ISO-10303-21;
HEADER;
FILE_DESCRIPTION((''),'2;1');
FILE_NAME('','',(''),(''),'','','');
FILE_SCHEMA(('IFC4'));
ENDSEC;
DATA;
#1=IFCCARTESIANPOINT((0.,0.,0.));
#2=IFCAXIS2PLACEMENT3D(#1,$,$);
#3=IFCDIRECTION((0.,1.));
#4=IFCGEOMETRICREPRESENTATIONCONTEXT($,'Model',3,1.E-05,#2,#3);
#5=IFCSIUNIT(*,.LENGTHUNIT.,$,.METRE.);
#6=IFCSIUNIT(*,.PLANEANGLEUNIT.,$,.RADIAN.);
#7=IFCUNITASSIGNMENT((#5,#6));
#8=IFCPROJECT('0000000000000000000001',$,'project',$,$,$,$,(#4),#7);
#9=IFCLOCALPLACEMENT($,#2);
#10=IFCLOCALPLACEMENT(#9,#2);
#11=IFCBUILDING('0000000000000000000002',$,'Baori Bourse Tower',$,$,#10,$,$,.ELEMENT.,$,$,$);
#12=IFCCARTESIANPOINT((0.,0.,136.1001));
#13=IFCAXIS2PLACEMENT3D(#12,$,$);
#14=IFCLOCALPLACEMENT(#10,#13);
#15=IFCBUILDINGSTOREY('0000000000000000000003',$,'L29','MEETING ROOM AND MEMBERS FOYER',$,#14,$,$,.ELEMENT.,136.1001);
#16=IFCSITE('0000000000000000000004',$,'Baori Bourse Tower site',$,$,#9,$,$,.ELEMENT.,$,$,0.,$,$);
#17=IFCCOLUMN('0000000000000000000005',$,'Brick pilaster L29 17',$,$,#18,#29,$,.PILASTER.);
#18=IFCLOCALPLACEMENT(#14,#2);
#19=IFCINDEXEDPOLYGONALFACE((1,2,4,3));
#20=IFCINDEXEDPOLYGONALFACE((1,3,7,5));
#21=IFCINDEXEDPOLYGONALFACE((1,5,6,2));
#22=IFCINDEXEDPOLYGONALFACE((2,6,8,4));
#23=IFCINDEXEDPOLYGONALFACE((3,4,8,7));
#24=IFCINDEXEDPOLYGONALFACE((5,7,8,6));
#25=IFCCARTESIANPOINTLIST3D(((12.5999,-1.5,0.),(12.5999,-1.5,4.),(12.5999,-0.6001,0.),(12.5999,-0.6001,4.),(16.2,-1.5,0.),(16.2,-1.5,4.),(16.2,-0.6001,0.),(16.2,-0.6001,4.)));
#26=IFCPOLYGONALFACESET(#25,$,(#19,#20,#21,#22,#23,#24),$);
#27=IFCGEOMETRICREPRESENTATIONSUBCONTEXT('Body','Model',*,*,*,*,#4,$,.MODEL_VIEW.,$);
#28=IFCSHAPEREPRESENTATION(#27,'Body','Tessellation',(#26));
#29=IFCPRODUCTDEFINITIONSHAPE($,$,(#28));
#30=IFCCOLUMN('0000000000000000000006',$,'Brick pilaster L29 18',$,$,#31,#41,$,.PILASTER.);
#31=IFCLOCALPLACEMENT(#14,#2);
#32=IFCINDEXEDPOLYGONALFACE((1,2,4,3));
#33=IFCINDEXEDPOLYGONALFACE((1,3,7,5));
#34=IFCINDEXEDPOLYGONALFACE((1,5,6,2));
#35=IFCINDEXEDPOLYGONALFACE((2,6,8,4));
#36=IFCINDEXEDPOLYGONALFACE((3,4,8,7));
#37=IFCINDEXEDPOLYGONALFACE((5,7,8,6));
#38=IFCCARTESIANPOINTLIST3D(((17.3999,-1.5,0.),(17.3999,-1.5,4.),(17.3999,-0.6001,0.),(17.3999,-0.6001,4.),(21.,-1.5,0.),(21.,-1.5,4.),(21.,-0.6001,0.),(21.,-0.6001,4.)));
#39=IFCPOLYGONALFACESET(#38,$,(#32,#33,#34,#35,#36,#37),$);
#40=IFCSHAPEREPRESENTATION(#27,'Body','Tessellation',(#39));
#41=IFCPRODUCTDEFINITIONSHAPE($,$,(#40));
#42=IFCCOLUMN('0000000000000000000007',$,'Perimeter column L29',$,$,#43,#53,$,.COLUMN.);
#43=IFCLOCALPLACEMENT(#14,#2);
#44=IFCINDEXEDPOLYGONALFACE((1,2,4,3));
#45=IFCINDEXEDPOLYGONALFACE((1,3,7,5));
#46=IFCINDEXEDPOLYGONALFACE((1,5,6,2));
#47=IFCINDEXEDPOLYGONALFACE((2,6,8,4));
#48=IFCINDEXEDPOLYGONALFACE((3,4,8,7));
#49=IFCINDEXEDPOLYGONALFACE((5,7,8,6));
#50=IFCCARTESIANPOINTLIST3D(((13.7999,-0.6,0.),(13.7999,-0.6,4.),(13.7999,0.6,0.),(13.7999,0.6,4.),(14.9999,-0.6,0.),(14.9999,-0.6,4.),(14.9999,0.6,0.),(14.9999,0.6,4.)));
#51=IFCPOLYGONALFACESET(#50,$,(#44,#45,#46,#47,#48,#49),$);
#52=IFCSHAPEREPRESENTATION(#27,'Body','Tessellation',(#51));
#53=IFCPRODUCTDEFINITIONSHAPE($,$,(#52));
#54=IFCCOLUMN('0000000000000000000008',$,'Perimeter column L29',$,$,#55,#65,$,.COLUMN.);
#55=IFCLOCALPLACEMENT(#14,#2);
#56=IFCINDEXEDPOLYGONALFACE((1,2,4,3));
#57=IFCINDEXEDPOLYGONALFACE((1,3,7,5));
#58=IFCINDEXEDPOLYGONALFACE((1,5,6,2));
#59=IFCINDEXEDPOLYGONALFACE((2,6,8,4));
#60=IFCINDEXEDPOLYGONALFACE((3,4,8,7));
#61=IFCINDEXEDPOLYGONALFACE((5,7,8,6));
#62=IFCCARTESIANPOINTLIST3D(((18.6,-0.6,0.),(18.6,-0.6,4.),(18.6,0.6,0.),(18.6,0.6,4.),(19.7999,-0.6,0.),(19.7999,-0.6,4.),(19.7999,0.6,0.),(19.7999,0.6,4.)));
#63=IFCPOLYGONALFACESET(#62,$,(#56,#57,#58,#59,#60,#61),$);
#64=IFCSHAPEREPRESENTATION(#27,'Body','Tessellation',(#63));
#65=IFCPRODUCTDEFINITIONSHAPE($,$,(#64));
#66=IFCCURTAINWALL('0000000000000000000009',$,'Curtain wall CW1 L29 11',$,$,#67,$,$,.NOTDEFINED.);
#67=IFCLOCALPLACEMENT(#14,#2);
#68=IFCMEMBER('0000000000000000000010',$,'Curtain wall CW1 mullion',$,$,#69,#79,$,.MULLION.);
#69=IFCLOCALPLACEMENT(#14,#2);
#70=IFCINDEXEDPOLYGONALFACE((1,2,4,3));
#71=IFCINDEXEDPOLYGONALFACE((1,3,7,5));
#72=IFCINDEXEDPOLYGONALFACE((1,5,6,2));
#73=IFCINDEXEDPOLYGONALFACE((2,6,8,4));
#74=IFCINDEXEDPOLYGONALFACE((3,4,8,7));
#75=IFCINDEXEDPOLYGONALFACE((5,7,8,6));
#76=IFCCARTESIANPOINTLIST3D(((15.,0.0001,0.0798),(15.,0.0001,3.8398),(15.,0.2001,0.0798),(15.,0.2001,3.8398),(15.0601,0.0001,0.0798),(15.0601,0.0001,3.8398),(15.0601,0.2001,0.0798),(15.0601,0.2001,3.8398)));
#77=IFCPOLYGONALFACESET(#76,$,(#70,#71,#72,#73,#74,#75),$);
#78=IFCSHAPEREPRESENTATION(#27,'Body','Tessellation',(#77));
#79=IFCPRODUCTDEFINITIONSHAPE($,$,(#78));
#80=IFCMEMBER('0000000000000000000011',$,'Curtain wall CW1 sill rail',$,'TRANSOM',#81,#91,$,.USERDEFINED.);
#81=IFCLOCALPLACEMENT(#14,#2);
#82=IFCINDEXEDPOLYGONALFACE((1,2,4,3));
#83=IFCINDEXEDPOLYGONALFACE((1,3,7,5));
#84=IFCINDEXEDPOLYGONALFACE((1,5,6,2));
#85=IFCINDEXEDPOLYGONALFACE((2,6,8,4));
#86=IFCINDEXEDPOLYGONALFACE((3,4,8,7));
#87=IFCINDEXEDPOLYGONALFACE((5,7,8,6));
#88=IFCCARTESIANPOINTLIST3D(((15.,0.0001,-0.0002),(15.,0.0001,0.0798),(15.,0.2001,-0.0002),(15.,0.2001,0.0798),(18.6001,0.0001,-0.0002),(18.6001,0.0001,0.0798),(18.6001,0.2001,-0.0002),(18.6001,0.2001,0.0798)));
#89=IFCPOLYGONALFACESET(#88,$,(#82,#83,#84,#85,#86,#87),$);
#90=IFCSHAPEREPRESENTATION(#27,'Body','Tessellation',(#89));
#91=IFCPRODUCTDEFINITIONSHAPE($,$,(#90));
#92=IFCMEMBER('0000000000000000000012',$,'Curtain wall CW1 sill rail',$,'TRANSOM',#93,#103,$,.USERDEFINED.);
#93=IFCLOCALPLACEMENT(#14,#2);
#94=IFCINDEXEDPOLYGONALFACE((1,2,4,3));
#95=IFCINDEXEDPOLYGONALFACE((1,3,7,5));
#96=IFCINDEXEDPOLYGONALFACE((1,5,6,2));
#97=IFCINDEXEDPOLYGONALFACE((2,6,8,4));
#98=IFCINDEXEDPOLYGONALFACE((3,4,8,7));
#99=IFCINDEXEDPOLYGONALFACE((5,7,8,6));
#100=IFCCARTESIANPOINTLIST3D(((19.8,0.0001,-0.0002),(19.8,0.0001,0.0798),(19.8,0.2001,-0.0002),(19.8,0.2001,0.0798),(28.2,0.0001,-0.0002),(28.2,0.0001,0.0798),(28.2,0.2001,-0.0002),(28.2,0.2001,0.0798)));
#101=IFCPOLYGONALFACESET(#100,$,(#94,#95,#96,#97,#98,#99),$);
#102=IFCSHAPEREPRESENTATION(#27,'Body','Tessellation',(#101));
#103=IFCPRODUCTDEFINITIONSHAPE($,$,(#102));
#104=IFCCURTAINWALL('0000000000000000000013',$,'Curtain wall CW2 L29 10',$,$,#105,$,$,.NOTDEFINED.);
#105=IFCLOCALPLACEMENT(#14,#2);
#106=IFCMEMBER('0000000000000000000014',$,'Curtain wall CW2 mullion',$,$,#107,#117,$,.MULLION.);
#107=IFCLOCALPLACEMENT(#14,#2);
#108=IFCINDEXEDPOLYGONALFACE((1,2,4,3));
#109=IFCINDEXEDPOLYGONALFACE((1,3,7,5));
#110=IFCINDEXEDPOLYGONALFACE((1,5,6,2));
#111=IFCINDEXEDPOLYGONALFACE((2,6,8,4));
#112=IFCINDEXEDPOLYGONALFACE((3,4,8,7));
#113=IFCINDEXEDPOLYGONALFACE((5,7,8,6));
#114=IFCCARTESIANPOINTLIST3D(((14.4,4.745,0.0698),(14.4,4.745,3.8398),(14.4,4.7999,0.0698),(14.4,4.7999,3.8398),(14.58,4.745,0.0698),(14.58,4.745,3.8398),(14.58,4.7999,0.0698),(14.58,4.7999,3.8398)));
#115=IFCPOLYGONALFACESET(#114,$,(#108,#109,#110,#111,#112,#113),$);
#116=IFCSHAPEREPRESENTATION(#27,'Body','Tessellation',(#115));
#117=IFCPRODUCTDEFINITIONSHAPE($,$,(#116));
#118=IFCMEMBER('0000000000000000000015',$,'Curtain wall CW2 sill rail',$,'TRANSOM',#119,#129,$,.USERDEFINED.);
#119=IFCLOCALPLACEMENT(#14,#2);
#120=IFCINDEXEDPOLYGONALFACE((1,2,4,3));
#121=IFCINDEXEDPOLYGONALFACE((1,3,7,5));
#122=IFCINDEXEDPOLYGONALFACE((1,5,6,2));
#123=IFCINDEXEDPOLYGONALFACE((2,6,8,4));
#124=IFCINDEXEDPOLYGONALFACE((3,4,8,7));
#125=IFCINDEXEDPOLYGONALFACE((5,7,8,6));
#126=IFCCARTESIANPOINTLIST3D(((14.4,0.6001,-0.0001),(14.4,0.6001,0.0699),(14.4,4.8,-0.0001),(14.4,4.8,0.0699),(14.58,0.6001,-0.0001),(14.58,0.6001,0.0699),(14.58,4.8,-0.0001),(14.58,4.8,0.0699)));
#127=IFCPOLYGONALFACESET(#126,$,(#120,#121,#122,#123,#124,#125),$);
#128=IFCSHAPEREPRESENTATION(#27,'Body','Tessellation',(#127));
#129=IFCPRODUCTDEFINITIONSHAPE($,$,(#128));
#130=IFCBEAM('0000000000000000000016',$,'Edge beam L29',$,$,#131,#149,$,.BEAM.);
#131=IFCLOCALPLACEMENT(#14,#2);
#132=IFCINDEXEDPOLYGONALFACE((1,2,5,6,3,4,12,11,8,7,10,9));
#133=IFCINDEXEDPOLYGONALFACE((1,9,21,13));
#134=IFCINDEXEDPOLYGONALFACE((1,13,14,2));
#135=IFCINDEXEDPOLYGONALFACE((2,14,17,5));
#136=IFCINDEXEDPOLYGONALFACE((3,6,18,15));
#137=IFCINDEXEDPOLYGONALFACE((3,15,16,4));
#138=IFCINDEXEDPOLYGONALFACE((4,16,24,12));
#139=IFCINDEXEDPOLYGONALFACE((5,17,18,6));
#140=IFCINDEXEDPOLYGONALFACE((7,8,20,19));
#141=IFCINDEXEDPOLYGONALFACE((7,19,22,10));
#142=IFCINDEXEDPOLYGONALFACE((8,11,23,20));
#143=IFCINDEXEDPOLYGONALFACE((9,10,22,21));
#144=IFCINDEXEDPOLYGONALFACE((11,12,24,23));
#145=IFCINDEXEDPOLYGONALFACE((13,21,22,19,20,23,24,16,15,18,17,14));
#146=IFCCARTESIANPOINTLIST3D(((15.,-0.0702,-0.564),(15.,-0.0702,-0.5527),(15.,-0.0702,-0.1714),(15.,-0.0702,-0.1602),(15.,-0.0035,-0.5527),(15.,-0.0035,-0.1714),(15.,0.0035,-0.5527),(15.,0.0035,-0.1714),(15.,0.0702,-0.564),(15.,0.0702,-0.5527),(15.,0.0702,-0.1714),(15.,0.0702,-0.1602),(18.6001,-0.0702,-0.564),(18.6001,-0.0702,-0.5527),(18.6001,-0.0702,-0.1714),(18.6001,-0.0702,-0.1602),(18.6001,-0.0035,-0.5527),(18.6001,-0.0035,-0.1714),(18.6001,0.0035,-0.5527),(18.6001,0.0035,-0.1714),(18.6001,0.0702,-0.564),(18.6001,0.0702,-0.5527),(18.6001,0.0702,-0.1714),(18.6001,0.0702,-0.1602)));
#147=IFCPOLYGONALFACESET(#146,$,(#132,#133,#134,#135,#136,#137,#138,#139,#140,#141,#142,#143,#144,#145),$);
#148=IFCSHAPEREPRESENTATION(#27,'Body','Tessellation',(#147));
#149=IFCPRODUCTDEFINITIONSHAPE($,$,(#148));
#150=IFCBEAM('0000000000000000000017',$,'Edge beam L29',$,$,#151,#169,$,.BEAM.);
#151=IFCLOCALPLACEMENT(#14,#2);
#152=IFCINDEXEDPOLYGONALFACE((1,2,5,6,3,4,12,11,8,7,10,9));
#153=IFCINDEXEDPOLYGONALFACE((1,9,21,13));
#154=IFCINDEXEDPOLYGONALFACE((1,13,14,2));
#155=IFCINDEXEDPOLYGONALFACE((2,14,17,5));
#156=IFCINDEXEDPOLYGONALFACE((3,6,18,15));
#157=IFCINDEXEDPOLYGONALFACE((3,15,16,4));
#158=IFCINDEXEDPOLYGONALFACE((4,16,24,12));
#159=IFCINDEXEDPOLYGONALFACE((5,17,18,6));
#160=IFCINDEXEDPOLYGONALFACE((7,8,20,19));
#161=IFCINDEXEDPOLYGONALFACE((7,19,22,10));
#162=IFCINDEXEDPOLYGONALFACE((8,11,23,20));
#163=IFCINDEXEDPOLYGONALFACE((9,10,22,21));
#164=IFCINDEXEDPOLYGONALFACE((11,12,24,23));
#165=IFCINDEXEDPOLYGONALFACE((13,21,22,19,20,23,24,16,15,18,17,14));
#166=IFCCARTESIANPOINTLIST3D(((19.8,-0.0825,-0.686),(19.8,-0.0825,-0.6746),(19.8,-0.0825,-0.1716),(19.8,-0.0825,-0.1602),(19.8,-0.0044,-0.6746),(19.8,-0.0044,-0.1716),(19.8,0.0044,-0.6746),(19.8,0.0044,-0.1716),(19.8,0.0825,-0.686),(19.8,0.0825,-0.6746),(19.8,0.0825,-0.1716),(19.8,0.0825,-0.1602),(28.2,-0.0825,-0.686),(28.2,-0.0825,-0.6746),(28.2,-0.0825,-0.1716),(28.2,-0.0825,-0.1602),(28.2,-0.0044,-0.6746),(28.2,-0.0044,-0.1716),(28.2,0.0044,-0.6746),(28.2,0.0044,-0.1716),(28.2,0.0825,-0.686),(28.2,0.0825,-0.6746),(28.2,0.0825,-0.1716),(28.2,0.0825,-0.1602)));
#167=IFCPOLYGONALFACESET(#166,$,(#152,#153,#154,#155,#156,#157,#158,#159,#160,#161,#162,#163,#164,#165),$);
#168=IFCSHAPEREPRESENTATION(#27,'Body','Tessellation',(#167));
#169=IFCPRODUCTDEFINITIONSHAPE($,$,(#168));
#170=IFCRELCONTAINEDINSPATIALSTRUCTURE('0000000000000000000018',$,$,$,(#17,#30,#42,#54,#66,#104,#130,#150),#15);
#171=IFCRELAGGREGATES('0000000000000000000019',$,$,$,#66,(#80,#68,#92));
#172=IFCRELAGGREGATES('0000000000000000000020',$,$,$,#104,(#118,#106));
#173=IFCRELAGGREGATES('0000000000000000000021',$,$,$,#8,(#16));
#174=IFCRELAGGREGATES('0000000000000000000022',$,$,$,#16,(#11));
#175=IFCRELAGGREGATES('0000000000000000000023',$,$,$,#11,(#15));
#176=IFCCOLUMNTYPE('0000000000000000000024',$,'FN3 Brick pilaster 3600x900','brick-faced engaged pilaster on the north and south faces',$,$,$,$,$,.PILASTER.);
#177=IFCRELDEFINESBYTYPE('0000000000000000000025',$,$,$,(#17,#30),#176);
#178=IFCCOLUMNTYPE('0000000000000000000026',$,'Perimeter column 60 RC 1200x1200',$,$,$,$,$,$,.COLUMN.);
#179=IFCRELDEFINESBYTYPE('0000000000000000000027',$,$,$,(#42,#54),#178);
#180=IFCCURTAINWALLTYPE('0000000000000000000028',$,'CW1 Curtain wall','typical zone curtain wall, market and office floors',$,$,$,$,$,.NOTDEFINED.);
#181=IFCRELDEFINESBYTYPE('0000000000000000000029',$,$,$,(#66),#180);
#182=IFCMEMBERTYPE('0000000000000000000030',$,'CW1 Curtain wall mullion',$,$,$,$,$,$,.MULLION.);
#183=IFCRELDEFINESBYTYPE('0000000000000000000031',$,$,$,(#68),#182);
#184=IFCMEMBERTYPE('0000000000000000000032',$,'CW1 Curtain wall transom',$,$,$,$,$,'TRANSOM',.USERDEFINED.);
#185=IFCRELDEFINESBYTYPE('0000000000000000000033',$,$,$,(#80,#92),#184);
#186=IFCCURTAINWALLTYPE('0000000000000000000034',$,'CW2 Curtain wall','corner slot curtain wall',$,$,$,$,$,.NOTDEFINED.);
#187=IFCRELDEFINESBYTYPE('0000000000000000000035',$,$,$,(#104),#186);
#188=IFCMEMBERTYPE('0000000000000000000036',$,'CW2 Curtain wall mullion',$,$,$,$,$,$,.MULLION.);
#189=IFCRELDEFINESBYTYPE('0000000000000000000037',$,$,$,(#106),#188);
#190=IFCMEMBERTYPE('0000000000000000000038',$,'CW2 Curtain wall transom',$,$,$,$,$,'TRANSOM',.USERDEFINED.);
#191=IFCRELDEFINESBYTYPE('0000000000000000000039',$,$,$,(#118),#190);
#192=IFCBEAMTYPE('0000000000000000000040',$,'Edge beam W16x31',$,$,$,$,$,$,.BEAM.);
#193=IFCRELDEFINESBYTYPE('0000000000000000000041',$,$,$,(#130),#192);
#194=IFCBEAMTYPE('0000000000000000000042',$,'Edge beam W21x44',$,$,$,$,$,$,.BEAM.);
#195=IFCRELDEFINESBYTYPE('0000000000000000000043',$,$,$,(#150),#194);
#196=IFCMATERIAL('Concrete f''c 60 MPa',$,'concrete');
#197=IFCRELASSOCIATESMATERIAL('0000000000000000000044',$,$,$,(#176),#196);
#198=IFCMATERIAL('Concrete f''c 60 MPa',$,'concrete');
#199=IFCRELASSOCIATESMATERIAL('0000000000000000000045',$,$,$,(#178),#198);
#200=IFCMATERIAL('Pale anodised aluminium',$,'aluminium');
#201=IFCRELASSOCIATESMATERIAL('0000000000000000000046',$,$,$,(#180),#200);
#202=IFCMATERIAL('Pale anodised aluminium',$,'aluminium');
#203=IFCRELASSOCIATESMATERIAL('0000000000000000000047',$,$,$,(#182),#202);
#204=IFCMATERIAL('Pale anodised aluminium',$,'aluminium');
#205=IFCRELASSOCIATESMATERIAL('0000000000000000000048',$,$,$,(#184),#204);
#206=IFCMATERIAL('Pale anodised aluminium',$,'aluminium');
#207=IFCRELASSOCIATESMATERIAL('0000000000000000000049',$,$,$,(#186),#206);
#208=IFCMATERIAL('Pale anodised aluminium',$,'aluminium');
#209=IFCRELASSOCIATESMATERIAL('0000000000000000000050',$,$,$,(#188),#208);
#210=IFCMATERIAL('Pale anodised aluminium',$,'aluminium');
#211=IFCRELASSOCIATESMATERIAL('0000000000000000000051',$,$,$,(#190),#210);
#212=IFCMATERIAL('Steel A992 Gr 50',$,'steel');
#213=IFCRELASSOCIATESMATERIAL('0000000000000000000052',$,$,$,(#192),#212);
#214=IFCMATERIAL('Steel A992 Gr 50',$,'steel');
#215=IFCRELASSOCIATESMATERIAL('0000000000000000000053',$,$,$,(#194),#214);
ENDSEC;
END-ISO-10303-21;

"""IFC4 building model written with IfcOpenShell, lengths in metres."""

from ifc_helpers import new_model, si_unit, direction, frame, origin, origin_2d, place, context, subcontext, project, spatial, rectangle, i_section, extrude, material, material_profile, profile_set, type_object, element, aggregate, save


model = new_model("IFC4")

# Units and contexts
model_context = context("Model", 3, precision=1e-05, world=origin(), true_north=direction((0.0, 1.0)))
body_context = subcontext(model_context, "Body", "Model", "MODEL_VIEW")
ifc_project = project(units=[si_unit("LENGTHUNIT", "METRE"), si_unit("PLANEANGLEUNIT", "RADIAN")], contexts=[model_context])

# Site, building, storey
site_placement = place(None, origin())
site = spatial("IfcSite", under=ifc_project, at=site_placement, Name="Baori Bourse Tower site", CompositionType="ELEMENT", RefElevation=0.0)
building_placement = place(site_placement, origin())
building = spatial("IfcBuilding", under=site, at=building_placement, Name="Baori Bourse Tower", CompositionType="ELEMENT")
storey_placement = place(building_placement, frame((0.0, 0.0, 136.1001)))
storey = spatial("IfcBuildingStorey", under=building, at=storey_placement, Name="L29", Description="MEETING ROOM AND MEMBERS FOYER", CompositionType="ELEMENT", Elevation=136.1001)

# Columns
ifc_material_1 = material(Name="Concrete f'c 60 MPa", Category="concrete")
ifc_material_profile_1 = material_profile(ifc_material_1, rectangle(XDim=3.6001, YDim=0.8999, at=origin_2d()), Name="RC 3600x900")
ifc_profile_set_1 = profile_set([ifc_material_profile_1], Name="Concrete f'c 60 MPa")
column_type_1 = type_object("IfcColumnType", Name="FN3 Brick pilaster 3600x900", Description="brick-faced engaged pilaster on the north and south faces", PredefinedType="PILASTER", material=ifc_profile_set_1)
for number, where, z_axis, x_axis, name in (
    (1, (14.3999, -1.05, 0.0), (0.0, 0.0, 1.0), (1.0, 0.0, 0.0), "Brick pilaster L29 17"),
    (2, (19.2, -1.05, 0.0), (0.0, 0.0, 1.0), (1.0, 0.0, 0.0), "Brick pilaster L29 18"),
):
    element("IfcColumn", number, at=place(storey_placement, frame(where, z_axis=z_axis, x_axis=x_axis)), inside=storey, type_object=column_type_1, Name=name, PredefinedType="PILASTER", context=body_context, shape_type="SweptSolid", body=[
        extrude(rectangle(XDim=3.6001, YDim=0.8999, at=origin_2d()), origin(), (0.0, 0.0, 1.0), 4.0),
    ])
ifc_material_2 = material(Name="Concrete f'c 60 MPa", Category="concrete")
ifc_material_profile_2 = material_profile(ifc_material_2, rectangle(XDim=1.2, YDim=1.2, at=origin_2d()), Name="RC 1200x1200")
ifc_profile_set_2 = profile_set([ifc_material_profile_2], Name="Concrete f'c 60 MPa")
column_type_2 = type_object("IfcColumnType", Name="Perimeter column 60 RC 1200x1200", PredefinedType="COLUMN", material=ifc_profile_set_2)
for number, where, z_axis, x_axis, name in (
    (3, (14.3999, 0.0, 0.0), (0.0, 0.0, 1.0), (1.0, 0.0, 0.0), "Perimeter column L29"),
    (4, (19.2, 0.0, 0.0), (0.0, 0.0, 1.0), (1.0, 0.0, 0.0), "Perimeter column L29"),
):
    element("IfcColumn", number, at=place(storey_placement, frame(where, z_axis=z_axis, x_axis=x_axis)), inside=storey, type_object=column_type_2, Name=name, PredefinedType="COLUMN", context=body_context, shape_type="SweptSolid", body=[
        extrude(rectangle(XDim=1.2, YDim=1.2, at=origin_2d()), origin(), (0.0, 0.0, 1.0), 4.0),
    ])

# Curtain walls, members
ifc_material_3 = material(Name="Pale anodised aluminium", Category="aluminium")
curtain_wall_type_1 = type_object("IfcCurtainWallType", Name="CW1 Curtain wall", Description="typical zone curtain wall, market and office floors", PredefinedType="NOTDEFINED", material=ifc_material_3)
curtain_wall_1_placement = place(storey_placement, origin())
curtain_wall_1 = element("IfcCurtainWall", 5, at=curtain_wall_1_placement, inside=storey, type_object=curtain_wall_type_1, Name="Curtain wall CW1 L29 11", PredefinedType="NOTDEFINED")
ifc_material_4 = material(Name="Pale anodised aluminium", Category="aluminium")
ifc_material_profile_3 = material_profile(ifc_material_4, rectangle(XDim=0.2, YDim=0.0601, at=origin_2d()), Name="Mullion 60x200")
ifc_profile_set_3 = profile_set([ifc_material_profile_3], Name="Pale anodised aluminium")
member_type_1 = type_object("IfcMemberType", Name="CW1 Curtain wall mullion", PredefinedType="MULLION", material=ifc_profile_set_3)
member_1_placement = place(storey_placement, frame((15.03, 0.1001, 0.0798), z_axis=(0.0, 0.0, 1.0), x_axis=(0.0, 1.0, 0.0)))
member_1 = element("IfcMember", 6, at=member_1_placement, type_object=member_type_1, Name="Curtain wall CW1 mullion", PredefinedType="MULLION", context=body_context, shape_type="SweptSolid", body=[
    extrude(rectangle(XDim=0.2, YDim=0.0601, at=origin_2d()), origin(), (0.0, 0.0, 1.0), 3.76),
])
ifc_material_5 = material(Name="Pale anodised aluminium", Category="aluminium")
ifc_material_profile_4 = material_profile(ifc_material_5, rectangle(XDim=0.2, YDim=0.0801, at=origin_2d()), Name="Transom 80x200")
ifc_profile_set_4 = profile_set([ifc_material_profile_4], Name="Pale anodised aluminium")
member_type_2 = type_object("IfcMemberType", Name="CW1 Curtain wall transom", ElementType="TRANSOM", PredefinedType="USERDEFINED", material=ifc_profile_set_4)
member_2_placement = place(storey_placement, frame((15.0, 0.1001, 0.0398), z_axis=(1.0, 0.0, 0.0), x_axis=(0.0, 1.0, 0.0)))
member_2 = element("IfcMember", 7, at=member_2_placement, type_object=member_type_2, Name="Curtain wall CW1 sill rail", ObjectType="TRANSOM", PredefinedType="USERDEFINED", context=body_context, shape_type="SweptSolid", body=[
    extrude(rectangle(XDim=0.2, YDim=0.0801, at=origin_2d()), origin(), (0.0, 0.0, 1.0), 3.6001),
])
member_3_placement = place(storey_placement, frame((19.8, 0.1001, 0.0398), z_axis=(1.0, 0.0, 0.0), x_axis=(0.0, 1.0, 0.0)))
member_3 = element("IfcMember", 8, at=member_3_placement, type_object=member_type_2, Name="Curtain wall CW1 sill rail", ObjectType="TRANSOM", PredefinedType="USERDEFINED", context=body_context, shape_type="SweptSolid", body=[
    extrude(rectangle(XDim=0.2, YDim=0.0801, at=origin_2d()), origin(), (0.0, 0.0, 1.0), 8.3999),
])
ifc_material_6 = material(Name="Pale anodised aluminium", Category="aluminium")
curtain_wall_type_2 = type_object("IfcCurtainWallType", Name="CW2 Curtain wall", Description="corner slot curtain wall", PredefinedType="NOTDEFINED", material=ifc_material_6)
curtain_wall_2_placement = place(storey_placement, origin())
curtain_wall_2 = element("IfcCurtainWall", 9, at=curtain_wall_2_placement, inside=storey, type_object=curtain_wall_type_2, Name="Curtain wall CW2 L29 10", PredefinedType="NOTDEFINED")
ifc_material_7 = material(Name="Pale anodised aluminium", Category="aluminium")
ifc_material_profile_5 = material_profile(ifc_material_7, rectangle(XDim=0.1799, YDim=0.0549, at=origin_2d()), Name="Mullion 55x180")
ifc_profile_set_5 = profile_set([ifc_material_profile_5], Name="Pale anodised aluminium")
member_type_3 = type_object("IfcMemberType", Name="CW2 Curtain wall mullion", PredefinedType="MULLION", material=ifc_profile_set_5)
member_4_placement = place(storey_placement, frame((14.49, 4.7725, 0.0698), z_axis=(0.0, 0.0, 1.0), x_axis=(1.0, 0.0, 0.0)))
member_4 = element("IfcMember", 10, at=member_4_placement, type_object=member_type_3, Name="Curtain wall CW2 mullion", PredefinedType="MULLION", context=body_context, shape_type="SweptSolid", body=[
    extrude(rectangle(XDim=0.1799, YDim=0.0549, at=origin_2d()), origin(), (0.0, 0.0, 1.0), 3.77),
])
ifc_material_8 = material(Name="Pale anodised aluminium", Category="aluminium")
ifc_material_profile_6 = material_profile(ifc_material_8, rectangle(XDim=0.1799, YDim=0.0701, at=origin_2d()), Name="Transom 70x180")
ifc_profile_set_6 = profile_set([ifc_material_profile_6], Name="Pale anodised aluminium")
member_type_4 = type_object("IfcMemberType", Name="CW2 Curtain wall transom", ElementType="TRANSOM", PredefinedType="USERDEFINED", material=ifc_profile_set_6)
member_5_placement = place(storey_placement, frame((14.49, 4.8, 0.0349), z_axis=(0.0, -1.0, 0.0), x_axis=(1.0, 0.0, 0.0)))
member_5 = element("IfcMember", 11, at=member_5_placement, type_object=member_type_4, Name="Curtain wall CW2 sill rail", ObjectType="TRANSOM", PredefinedType="USERDEFINED", context=body_context, shape_type="SweptSolid", body=[
    extrude(rectangle(XDim=0.1799, YDim=0.0701, at=origin_2d()), origin(), (0.0, 0.0, 1.0), 4.2),
])

# Beams
ifc_material_9 = material(Name="Steel A992 Gr 50", Category="steel")
ifc_material_profile_7 = material_profile(ifc_material_9, i_section(OverallWidth=0.1404, OverallDepth=0.4038, WebThickness=0.0071, FlangeThickness=0.0112, at=origin_2d()), Name="W16x31")
ifc_profile_set_7 = profile_set([ifc_material_profile_7], Name="Steel A992 Gr 50")
beam_type_1 = type_object("IfcBeamType", Name="Edge beam W16x31", PredefinedType="BEAM", material=ifc_profile_set_7)
beam_1_placement = place(storey_placement, frame((15.0, 0.0, -0.3621), z_axis=(1.0, 0.0, 0.0), x_axis=(0.0, 1.0, 0.0)))
element("IfcBeam", 12, at=beam_1_placement, inside=storey, type_object=beam_type_1, Name="Edge beam L29", PredefinedType="BEAM", context=body_context, shape_type="SweptSolid", body=[
    extrude(i_section(OverallWidth=0.1404, OverallDepth=0.4038, WebThickness=0.0071, FlangeThickness=0.0112, at=origin_2d()), origin(), (0.0, 0.0, 1.0), 3.6001),
])
ifc_material_10 = material(Name="Steel A992 Gr 50", Category="steel")
ifc_material_profile_8 = material_profile(ifc_material_10, i_section(OverallWidth=0.165, OverallDepth=0.5259, WebThickness=0.0088, FlangeThickness=0.0115, at=origin_2d()), Name="W21x44")
ifc_profile_set_8 = profile_set([ifc_material_profile_8], Name="Steel A992 Gr 50")
beam_type_2 = type_object("IfcBeamType", Name="Edge beam W21x44", PredefinedType="BEAM", material=ifc_profile_set_8)
beam_2_placement = place(storey_placement, frame((19.8, 0.0, -0.4231), z_axis=(1.0, 0.0, 0.0), x_axis=(0.0, 1.0, 0.0)))
element("IfcBeam", 13, at=beam_2_placement, inside=storey, type_object=beam_type_2, Name="Edge beam L29", PredefinedType="BEAM", context=body_context, shape_type="SweptSolid", body=[
    extrude(i_section(OverallWidth=0.165, OverallDepth=0.5259, WebThickness=0.0088, FlangeThickness=0.0115, at=origin_2d()), origin(), (0.0, 0.0, 1.0), 8.3999),
])

aggregate(curtain_wall_1, [member_2, member_1, member_3])
aggregate(curtain_wall_2, [member_5, member_4])

save(model, "model.ifc")
